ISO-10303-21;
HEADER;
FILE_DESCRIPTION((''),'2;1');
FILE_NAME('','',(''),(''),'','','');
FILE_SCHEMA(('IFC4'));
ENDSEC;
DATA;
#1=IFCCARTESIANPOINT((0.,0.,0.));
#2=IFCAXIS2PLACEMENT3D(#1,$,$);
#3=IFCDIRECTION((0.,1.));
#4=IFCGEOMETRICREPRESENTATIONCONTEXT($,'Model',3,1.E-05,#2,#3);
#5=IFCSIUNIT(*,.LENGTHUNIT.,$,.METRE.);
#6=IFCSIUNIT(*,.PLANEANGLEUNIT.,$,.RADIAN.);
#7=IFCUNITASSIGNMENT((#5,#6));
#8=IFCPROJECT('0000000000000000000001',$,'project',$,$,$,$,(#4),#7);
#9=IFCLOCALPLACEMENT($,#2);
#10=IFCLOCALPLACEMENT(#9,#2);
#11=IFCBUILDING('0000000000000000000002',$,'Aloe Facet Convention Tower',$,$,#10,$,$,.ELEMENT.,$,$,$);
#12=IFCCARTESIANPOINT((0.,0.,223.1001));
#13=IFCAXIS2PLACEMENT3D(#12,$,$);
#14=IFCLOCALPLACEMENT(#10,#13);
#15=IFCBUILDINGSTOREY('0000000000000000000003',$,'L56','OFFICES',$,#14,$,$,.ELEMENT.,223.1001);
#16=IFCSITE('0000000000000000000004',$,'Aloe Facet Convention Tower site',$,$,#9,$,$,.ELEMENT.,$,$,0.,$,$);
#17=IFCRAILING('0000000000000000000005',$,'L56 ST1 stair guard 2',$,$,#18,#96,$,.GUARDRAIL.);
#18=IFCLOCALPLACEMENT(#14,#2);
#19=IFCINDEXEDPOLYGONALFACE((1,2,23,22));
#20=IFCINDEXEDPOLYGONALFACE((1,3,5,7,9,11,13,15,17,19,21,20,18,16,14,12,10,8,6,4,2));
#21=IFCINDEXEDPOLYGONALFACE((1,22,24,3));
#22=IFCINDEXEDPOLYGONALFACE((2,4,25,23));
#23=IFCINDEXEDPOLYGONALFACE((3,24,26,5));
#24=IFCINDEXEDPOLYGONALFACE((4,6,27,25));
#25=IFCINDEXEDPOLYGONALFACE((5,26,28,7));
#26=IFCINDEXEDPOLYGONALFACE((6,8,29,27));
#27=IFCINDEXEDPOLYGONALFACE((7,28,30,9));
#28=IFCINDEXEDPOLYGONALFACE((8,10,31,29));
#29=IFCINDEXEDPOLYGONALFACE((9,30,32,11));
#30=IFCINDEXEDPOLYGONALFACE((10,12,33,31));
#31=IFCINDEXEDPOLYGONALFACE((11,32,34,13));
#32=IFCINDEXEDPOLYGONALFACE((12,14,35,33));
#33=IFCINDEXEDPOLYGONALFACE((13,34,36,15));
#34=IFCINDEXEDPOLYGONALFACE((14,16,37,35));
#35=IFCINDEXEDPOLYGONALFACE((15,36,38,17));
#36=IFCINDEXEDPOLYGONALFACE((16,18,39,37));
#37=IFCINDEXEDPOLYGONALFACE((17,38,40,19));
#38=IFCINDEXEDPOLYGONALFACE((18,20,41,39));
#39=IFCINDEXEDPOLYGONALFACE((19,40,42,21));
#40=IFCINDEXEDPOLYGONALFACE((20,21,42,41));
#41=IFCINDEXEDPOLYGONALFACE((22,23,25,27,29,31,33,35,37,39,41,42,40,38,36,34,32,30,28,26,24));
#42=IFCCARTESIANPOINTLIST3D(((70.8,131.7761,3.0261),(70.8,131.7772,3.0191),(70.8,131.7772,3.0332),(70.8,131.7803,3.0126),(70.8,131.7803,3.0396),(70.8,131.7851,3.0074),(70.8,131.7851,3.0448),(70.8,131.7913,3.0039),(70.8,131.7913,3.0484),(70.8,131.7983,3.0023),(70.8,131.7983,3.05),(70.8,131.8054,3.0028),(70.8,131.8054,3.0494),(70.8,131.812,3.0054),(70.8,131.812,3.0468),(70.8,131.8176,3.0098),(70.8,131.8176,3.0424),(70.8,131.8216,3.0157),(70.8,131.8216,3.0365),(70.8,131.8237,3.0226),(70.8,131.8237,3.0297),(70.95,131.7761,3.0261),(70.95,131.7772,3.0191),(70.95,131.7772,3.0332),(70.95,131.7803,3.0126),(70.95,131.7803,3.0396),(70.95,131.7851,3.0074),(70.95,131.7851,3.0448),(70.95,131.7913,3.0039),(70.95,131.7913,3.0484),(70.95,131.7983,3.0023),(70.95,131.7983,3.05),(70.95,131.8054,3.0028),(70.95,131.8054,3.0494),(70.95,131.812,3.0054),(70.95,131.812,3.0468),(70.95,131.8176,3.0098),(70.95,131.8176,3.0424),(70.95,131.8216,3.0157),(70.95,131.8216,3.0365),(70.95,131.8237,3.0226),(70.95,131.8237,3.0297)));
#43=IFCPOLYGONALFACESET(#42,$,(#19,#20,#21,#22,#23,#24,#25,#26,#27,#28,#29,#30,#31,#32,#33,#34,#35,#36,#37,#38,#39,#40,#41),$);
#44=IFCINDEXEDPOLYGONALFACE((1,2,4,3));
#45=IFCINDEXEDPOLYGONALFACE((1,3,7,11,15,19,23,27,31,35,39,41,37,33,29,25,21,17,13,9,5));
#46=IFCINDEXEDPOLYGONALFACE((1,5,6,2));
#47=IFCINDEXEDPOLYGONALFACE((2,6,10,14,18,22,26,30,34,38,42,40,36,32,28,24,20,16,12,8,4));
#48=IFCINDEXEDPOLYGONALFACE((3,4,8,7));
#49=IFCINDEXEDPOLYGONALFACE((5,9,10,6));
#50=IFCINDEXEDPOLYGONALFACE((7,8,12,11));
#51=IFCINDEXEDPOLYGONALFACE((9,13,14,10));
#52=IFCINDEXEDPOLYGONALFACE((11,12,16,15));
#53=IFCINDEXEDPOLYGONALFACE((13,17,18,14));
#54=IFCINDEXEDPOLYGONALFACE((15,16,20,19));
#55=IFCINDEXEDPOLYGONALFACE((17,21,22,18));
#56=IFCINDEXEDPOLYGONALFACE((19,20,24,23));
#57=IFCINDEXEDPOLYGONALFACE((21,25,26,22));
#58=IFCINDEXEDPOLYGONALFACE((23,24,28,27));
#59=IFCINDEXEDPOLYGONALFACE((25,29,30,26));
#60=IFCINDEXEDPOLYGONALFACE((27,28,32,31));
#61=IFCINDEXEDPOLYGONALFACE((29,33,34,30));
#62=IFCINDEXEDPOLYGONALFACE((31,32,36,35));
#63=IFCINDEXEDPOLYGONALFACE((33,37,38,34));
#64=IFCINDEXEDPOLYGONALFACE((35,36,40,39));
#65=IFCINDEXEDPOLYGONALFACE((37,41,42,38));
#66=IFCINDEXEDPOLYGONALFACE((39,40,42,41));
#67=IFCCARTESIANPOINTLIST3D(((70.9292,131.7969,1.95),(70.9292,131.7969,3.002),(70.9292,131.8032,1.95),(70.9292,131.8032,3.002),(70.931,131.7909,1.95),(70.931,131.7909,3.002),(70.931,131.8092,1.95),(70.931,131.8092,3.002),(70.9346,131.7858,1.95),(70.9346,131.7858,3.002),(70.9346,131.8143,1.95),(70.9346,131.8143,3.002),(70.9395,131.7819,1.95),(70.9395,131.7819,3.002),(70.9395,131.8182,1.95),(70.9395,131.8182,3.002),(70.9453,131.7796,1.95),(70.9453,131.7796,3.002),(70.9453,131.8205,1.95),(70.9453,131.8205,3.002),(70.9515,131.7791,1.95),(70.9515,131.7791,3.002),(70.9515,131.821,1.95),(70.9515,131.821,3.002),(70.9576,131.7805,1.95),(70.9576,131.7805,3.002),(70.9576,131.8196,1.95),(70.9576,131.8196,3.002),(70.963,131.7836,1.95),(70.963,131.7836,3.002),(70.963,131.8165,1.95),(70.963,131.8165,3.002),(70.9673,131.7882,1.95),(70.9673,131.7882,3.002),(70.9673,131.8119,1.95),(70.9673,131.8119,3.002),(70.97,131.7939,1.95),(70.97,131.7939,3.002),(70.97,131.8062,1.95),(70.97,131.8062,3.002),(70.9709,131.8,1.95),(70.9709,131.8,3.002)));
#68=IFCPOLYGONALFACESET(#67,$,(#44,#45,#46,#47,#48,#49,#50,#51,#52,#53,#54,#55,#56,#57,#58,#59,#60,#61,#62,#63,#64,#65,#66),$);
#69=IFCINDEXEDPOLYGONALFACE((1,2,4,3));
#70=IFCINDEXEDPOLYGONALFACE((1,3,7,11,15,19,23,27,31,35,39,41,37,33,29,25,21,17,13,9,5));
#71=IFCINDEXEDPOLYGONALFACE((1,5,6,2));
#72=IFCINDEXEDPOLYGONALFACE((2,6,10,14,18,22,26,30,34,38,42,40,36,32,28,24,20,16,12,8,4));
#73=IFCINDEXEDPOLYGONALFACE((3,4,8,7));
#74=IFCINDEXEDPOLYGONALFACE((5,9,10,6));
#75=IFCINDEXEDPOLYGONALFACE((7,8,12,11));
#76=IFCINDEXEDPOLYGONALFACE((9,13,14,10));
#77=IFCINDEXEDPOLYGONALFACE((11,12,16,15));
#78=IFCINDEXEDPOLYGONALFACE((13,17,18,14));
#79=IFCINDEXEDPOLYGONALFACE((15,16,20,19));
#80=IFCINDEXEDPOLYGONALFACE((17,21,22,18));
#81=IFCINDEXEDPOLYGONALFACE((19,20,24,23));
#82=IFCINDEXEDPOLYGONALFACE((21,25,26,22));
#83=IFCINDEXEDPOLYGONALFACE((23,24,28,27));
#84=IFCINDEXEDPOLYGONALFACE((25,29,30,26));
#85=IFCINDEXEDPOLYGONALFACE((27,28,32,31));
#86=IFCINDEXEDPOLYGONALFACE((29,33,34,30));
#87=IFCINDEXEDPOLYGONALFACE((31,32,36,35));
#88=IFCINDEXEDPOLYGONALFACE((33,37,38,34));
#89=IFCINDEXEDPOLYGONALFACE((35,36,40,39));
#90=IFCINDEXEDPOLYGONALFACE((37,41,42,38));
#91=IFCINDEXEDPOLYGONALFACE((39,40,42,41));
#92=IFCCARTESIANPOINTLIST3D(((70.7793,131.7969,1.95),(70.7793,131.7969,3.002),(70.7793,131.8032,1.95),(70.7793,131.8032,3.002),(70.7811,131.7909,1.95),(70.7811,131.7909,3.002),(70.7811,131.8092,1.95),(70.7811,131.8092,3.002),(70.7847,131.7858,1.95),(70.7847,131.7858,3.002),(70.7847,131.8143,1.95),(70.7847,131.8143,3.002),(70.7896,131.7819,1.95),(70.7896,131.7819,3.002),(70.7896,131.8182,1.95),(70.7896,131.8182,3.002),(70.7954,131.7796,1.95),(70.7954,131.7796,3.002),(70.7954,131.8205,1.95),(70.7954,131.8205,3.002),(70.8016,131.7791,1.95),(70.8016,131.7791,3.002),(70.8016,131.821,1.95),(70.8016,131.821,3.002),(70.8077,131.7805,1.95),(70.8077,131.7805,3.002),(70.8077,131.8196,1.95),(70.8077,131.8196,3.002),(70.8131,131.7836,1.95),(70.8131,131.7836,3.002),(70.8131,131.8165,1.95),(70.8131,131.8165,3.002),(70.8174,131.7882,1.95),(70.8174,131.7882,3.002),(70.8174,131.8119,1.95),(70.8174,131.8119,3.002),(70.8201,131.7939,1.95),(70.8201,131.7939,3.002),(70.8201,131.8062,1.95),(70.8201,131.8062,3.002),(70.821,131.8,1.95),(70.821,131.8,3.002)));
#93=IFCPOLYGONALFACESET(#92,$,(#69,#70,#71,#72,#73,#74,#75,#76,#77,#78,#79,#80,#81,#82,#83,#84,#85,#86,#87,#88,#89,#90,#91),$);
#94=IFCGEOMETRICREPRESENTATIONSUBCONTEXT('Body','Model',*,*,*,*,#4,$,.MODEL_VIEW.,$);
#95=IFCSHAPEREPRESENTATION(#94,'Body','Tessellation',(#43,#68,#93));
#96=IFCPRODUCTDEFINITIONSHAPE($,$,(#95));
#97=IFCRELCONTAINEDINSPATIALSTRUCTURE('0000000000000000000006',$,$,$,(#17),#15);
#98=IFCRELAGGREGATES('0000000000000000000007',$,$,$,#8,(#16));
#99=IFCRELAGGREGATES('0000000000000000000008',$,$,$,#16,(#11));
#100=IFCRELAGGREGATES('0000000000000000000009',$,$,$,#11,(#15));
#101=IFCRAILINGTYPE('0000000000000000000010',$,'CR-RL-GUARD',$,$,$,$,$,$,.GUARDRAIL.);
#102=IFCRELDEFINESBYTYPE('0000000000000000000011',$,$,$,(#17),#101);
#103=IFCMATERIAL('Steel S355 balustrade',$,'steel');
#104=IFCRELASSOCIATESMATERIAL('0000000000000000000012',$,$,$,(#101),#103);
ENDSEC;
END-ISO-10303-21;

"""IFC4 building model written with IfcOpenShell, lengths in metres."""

from ifc_helpers import new_model, si_unit, direction, frame, origin, origin_2d, place, context, subcontext, project, spatial, circle, extrude, material, type_object, element, save


model = new_model("IFC4")

# Units and contexts
model_context = context("Model", 3, precision=1e-05, world=origin(), true_north=direction((0.0, 1.0)))
body_context = subcontext(model_context, "Body", "Model", "MODEL_VIEW")
ifc_project = project(units=[si_unit("LENGTHUNIT", "METRE"), si_unit("PLANEANGLEUNIT", "RADIAN")], contexts=[model_context])

# Site, building, storey
site_placement = place(None, origin())
site = spatial("IfcSite", under=ifc_project, at=site_placement, Name="Aloe Facet Convention Tower site", CompositionType="ELEMENT", RefElevation=0.0)
building_placement = place(site_placement, origin())
building = spatial("IfcBuilding", under=site, at=building_placement, Name="Aloe Facet Convention Tower", CompositionType="ELEMENT")
storey_placement = place(building_placement, frame((0.0, 0.0, 223.1001)))
storey = spatial("IfcBuildingStorey", under=building, at=storey_placement, Name="L56", Description="OFFICES", CompositionType="ELEMENT", Elevation=223.1001)

# Railing
ifc_material_1 = material(Name="Steel S355 balustrade", Category="steel")
railing_type_1 = type_object("IfcRailingType", Name="CR-RL-GUARD", PredefinedType="GUARDRAIL", material=ifc_material_1)
railing_1_placement = place(storey_placement, frame((70.95, 131.8, 1.95)))
element("IfcRailing", 1, at=railing_1_placement, inside=storey, type_object=railing_type_1, Name="L56 ST1 stair guard 2", PredefinedType="GUARDRAIL", context=body_context, shape_type="SweptSolid", body=[
    extrude(circle(Radius=0.0239, at=origin_2d()), frame((0.0, 0.0, 1.0762), z_axis=(-1.0, 0.0, 0.0), x_axis=(0.0, -1.0, 0.0)), (0.0, 0.0, 1.0), 0.1499),
    extrude(circle(Radius=0.021, at=origin_2d()), origin(), (0.0, 0.0, 1.0), 1.052),
    extrude(circle(Radius=0.021, at=origin_2d()), frame((-0.1499, 0.0, 0.0)), (0.0, 0.0, 1.0), 1.052),
])

save(model, "model.ifc")
